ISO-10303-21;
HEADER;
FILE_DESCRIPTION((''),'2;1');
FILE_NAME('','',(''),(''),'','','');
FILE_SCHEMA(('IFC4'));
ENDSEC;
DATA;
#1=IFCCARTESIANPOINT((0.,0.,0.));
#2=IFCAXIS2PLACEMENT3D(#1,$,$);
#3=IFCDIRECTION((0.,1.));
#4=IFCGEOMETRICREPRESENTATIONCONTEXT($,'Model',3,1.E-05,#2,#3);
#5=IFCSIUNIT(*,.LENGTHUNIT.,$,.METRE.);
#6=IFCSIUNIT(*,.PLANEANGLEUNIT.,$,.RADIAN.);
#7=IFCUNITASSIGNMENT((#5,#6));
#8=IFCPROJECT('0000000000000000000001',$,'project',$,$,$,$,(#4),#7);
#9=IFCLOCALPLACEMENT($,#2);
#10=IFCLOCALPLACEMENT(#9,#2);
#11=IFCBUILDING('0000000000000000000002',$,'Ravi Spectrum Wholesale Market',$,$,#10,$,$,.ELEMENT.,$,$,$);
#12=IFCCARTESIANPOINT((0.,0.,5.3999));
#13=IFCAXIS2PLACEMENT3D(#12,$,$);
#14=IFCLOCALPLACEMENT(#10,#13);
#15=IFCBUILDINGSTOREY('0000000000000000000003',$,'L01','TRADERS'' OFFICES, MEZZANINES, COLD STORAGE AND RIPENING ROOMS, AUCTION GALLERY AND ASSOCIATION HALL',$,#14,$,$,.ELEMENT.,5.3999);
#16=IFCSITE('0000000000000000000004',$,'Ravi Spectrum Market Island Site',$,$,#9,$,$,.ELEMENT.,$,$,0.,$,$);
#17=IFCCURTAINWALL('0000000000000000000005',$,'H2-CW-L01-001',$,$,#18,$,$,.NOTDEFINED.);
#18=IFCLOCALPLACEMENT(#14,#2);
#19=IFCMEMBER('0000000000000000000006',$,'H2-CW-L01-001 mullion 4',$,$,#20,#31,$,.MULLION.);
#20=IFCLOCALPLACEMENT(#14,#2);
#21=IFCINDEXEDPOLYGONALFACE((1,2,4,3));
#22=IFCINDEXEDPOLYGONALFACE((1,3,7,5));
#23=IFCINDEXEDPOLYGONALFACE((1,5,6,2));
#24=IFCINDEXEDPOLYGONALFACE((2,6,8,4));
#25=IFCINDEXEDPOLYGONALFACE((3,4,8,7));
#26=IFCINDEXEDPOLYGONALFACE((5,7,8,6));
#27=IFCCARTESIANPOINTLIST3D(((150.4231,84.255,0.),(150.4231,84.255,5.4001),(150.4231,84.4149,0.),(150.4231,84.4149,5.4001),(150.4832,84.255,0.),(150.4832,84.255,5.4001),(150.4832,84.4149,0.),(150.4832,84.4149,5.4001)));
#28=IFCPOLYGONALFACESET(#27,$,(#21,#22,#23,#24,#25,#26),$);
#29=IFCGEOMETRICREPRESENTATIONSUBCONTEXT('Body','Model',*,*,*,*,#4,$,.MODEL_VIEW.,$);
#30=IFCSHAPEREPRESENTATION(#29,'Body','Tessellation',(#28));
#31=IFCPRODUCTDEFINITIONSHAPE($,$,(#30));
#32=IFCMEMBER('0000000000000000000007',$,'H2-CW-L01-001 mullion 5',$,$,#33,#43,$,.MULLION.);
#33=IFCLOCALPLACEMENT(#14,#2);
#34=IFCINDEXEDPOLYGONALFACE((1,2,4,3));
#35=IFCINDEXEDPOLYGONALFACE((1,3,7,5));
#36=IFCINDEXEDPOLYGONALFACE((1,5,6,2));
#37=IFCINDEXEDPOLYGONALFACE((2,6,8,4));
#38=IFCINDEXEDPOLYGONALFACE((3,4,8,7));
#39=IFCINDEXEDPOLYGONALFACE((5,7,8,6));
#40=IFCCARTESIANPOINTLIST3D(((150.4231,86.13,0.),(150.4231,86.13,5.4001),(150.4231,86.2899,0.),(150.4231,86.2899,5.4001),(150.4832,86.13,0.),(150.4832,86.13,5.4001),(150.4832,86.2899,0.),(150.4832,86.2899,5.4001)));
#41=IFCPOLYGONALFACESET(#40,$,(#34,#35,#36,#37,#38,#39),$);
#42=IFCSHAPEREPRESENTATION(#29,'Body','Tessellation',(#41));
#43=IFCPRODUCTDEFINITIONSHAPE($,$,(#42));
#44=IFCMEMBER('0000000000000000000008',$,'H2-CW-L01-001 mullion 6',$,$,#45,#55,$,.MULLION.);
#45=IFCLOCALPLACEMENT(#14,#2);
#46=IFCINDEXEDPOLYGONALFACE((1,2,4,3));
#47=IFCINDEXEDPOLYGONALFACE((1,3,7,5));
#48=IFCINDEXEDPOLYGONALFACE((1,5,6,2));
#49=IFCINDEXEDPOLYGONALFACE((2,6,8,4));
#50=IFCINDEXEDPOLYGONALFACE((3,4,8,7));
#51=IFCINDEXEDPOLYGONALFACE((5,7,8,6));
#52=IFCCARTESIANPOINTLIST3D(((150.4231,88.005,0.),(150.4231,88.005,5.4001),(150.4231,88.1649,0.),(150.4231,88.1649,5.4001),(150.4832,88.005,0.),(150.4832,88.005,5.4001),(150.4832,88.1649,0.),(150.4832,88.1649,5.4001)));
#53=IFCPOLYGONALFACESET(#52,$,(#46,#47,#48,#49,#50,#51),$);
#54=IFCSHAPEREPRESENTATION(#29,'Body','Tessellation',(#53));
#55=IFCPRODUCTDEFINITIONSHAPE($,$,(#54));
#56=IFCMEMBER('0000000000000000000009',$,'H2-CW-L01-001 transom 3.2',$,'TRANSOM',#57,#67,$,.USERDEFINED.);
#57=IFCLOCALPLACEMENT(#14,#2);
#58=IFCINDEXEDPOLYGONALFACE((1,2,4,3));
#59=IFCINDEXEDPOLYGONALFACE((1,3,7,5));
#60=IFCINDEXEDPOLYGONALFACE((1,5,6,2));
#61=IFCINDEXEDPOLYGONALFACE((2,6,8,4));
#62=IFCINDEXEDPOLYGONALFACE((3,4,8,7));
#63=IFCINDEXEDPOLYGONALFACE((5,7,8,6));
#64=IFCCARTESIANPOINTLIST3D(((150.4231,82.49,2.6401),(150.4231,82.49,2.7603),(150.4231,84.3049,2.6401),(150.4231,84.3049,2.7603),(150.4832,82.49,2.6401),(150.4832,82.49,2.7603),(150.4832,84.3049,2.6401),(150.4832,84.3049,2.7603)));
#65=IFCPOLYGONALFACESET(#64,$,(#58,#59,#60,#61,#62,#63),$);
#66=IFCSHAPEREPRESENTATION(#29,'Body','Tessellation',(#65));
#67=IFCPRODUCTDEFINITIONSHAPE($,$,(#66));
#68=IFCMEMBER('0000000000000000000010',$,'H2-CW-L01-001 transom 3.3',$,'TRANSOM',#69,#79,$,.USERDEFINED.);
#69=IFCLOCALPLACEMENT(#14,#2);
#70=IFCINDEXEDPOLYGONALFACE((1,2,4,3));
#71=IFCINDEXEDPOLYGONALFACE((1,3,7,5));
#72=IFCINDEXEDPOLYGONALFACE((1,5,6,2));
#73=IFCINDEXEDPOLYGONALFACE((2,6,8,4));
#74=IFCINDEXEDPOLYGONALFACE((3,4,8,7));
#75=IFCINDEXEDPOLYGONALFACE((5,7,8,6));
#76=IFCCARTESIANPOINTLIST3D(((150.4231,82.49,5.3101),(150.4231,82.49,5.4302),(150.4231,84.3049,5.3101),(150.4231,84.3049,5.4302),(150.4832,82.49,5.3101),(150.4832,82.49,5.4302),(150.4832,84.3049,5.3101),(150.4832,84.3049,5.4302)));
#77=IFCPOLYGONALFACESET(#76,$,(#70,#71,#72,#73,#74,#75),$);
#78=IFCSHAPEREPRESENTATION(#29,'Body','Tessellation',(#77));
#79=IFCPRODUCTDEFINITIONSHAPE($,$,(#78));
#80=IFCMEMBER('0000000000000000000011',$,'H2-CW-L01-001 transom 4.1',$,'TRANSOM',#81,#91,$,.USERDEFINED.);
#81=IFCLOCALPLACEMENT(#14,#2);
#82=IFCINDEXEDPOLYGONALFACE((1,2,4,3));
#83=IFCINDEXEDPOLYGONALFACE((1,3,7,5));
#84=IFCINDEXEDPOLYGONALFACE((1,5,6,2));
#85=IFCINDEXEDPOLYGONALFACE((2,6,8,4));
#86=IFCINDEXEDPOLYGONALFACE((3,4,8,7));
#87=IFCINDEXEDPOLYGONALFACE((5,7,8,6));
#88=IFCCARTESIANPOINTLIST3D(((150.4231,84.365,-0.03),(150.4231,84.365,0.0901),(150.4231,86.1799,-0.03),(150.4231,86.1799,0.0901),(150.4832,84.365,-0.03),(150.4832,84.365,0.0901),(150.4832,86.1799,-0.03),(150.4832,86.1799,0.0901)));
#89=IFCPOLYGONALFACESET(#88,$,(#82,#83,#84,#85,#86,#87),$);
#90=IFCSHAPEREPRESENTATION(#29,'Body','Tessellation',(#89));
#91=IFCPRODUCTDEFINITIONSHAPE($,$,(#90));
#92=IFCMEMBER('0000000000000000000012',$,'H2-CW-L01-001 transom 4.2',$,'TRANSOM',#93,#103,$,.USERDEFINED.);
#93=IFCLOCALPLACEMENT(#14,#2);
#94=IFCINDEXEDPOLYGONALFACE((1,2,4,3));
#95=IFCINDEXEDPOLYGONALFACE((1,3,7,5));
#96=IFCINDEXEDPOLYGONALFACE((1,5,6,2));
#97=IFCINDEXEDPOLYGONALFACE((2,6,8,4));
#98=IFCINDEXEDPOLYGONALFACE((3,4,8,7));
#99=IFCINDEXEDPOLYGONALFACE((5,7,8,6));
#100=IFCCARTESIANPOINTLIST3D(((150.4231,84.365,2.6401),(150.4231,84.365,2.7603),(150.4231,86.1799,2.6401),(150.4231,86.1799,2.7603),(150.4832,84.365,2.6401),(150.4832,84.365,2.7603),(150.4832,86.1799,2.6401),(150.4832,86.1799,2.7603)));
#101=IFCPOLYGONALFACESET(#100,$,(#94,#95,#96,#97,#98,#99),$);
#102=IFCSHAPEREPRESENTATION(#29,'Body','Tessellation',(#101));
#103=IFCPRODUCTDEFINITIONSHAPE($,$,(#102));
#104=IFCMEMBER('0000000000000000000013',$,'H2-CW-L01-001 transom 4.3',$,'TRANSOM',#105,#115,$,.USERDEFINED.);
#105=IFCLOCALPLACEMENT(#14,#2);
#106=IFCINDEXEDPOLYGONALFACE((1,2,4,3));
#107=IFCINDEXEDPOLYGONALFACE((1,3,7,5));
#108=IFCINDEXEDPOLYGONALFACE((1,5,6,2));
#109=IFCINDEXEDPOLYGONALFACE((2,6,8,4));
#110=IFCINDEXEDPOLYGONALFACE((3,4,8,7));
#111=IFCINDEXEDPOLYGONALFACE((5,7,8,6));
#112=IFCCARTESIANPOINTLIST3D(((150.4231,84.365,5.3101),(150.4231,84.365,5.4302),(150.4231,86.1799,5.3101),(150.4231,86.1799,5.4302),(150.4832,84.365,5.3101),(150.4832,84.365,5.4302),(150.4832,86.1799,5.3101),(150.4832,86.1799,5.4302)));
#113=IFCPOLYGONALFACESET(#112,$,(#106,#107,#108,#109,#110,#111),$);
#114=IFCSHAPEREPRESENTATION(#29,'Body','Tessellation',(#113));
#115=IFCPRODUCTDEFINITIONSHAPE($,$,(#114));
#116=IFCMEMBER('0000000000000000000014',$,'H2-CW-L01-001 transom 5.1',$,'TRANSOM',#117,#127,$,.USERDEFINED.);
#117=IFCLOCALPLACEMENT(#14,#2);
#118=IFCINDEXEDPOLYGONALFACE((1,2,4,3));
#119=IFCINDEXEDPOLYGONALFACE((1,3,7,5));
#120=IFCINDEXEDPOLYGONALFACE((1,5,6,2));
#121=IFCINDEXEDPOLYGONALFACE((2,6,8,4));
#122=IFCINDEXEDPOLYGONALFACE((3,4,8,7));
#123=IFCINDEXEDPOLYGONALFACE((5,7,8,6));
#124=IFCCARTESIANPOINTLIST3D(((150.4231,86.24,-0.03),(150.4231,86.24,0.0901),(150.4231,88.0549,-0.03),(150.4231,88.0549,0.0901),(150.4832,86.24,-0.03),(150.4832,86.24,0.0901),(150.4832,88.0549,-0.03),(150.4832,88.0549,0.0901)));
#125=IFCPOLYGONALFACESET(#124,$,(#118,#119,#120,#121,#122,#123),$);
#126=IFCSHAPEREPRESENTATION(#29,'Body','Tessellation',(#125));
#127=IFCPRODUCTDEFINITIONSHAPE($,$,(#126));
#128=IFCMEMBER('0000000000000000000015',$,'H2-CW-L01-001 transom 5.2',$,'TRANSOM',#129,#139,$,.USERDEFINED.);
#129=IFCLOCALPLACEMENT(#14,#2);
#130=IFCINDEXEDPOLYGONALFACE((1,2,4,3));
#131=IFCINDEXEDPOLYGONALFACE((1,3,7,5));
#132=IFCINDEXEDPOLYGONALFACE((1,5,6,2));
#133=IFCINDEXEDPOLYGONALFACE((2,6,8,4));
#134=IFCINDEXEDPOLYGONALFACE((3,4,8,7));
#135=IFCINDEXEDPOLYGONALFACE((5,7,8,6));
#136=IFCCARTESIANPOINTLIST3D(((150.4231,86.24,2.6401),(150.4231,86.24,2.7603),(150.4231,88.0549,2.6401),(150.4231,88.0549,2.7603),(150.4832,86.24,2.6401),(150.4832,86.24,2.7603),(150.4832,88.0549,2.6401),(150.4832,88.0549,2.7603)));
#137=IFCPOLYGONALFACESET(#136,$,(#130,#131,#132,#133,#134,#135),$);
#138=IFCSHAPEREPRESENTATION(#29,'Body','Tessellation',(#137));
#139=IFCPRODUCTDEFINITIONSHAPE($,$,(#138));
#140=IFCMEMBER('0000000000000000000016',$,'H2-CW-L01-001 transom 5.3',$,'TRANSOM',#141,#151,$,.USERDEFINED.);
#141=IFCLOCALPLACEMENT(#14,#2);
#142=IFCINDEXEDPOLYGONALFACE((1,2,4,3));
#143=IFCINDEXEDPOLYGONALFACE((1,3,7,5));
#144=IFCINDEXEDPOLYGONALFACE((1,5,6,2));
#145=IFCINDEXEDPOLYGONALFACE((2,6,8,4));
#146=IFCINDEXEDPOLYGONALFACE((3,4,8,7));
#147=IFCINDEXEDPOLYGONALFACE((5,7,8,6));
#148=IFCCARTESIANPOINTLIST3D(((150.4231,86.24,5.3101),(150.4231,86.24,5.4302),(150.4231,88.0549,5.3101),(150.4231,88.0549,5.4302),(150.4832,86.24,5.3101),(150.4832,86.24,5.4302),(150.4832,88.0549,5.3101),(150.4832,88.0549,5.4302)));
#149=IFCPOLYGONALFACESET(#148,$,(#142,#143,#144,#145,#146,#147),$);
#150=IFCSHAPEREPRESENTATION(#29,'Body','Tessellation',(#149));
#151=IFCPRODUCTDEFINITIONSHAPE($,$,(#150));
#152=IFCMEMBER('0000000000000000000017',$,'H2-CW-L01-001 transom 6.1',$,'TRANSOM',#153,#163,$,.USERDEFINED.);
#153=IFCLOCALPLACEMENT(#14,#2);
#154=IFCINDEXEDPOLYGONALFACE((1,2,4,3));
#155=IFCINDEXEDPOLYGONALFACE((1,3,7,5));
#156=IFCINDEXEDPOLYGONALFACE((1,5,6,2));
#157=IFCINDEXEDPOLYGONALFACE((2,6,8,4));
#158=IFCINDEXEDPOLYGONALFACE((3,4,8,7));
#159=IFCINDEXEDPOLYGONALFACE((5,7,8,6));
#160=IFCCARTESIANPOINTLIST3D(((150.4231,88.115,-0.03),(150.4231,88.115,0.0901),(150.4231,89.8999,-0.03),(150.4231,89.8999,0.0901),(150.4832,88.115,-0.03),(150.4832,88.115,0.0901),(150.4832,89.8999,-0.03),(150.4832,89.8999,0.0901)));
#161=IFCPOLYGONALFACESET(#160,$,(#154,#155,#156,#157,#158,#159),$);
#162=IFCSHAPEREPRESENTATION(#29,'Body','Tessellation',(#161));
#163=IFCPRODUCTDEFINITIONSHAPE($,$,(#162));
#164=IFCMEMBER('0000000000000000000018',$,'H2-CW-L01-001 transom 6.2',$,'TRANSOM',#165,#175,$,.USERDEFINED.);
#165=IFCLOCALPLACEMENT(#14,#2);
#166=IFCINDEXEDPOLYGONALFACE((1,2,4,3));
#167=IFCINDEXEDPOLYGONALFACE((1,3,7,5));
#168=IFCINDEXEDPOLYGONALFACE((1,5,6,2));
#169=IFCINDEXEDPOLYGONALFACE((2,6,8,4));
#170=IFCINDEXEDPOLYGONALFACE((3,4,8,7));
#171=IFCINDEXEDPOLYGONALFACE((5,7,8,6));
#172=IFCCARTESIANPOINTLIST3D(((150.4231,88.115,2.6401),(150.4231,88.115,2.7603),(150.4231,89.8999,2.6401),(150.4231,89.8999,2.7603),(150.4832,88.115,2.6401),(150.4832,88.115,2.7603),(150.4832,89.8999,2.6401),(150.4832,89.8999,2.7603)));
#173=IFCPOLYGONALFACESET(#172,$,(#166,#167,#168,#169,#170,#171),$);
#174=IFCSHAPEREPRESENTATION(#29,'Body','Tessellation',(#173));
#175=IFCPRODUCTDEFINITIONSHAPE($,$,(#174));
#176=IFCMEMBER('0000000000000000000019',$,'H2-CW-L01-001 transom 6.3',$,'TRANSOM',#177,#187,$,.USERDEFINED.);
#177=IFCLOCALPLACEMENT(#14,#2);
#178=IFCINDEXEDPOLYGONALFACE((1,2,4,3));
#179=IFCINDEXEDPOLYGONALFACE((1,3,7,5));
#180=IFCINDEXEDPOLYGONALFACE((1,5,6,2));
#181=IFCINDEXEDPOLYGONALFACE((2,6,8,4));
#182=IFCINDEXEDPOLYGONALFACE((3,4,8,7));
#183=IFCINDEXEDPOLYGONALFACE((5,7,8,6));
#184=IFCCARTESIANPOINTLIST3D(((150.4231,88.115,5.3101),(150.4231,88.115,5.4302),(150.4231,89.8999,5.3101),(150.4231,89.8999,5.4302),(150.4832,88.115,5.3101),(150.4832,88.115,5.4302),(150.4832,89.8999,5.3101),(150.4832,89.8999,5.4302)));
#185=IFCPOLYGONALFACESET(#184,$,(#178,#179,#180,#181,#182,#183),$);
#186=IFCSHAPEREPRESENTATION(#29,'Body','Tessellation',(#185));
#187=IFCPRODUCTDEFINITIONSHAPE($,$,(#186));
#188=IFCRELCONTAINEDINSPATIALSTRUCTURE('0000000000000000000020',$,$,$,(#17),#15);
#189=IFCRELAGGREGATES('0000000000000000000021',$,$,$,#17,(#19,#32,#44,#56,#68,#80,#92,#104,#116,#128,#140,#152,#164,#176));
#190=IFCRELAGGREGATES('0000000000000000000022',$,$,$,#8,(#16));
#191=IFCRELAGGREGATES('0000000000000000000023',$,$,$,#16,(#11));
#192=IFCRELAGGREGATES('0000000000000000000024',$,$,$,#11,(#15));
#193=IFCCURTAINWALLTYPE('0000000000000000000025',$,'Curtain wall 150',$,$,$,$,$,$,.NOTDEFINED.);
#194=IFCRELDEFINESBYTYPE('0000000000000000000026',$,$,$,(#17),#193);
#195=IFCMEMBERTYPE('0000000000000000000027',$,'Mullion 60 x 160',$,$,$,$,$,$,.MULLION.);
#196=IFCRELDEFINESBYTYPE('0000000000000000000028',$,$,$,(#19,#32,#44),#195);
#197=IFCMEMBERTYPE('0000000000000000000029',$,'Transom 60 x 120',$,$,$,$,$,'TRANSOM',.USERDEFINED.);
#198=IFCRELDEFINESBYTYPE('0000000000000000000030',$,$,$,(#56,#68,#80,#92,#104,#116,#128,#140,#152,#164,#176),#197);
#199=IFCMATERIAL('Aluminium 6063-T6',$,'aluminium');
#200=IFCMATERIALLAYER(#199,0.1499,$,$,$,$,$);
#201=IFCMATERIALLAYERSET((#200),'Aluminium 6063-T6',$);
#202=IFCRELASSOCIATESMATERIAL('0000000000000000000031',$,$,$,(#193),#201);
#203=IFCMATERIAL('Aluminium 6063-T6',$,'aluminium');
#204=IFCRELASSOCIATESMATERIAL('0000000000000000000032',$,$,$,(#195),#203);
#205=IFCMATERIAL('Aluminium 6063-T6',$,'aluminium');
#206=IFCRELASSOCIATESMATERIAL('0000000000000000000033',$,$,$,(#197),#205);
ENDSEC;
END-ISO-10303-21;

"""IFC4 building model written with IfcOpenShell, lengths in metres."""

from ifc_helpers import new_model, si_unit, direction, frame, origin, origin_2d, place, context, subcontext, project, spatial, rectangle, extrude, material, layer, layer_set, material_profile, profile_set, type_object, element, aggregate, save


model = new_model("IFC4")

# Units and contexts
model_context = context("Model", 3, precision=1e-05, world=origin(), true_north=direction((0.0, 1.0)))
body_context = subcontext(model_context, "Body", "Model", "MODEL_VIEW")
ifc_project = project(units=[si_unit("LENGTHUNIT", "METRE"), si_unit("PLANEANGLEUNIT", "RADIAN")], contexts=[model_context])

# Site, building, storey
site_placement = place(None, origin())
site = spatial("IfcSite", under=ifc_project, at=site_placement, Name="Ravi Spectrum Market Island Site", CompositionType="ELEMENT", RefElevation=0.0)
building_placement = place(site_placement, origin())
building = spatial("IfcBuilding", under=site, at=building_placement, Name="Ravi Spectrum Wholesale Market", CompositionType="ELEMENT")
storey_placement = place(building_placement, frame((0.0, 0.0, 5.3999)))
storey = spatial("IfcBuildingStorey", under=building, at=storey_placement, Name="L01", Description="TRADERS' OFFICES, MEZZANINES, COLD STORAGE AND RIPENING ROOMS, AUCTION GALLERY AND ASSOCIATION HALL", CompositionType="ELEMENT", Elevation=5.3999)

# Curtain wall, members
ifc_material_1 = material(Name="Aluminium 6063-T6", Category="aluminium")
ifc_layer_1 = layer(ifc_material_1, 0.1499)
ifc_layer_set_1 = layer_set([ifc_layer_1], Name="Aluminium 6063-T6")
curtain_wall_type = type_object("IfcCurtainWallType", Name="Curtain wall 150", PredefinedType="NOTDEFINED", material=ifc_layer_set_1)
curtain_wall_placement = place(storey_placement, origin())
curtain_wall = element("IfcCurtainWall", 1, at=curtain_wall_placement, inside=storey, type_object=curtain_wall_type, Name="H2-CW-L01-001", PredefinedType="NOTDEFINED")
ifc_material_2 = material(Name="Aluminium 6063-T6", Category="aluminium")
ifc_material_profile_1 = material_profile(ifc_material_2, rectangle(XDim=0.0601, YDim=0.1599, at=origin_2d()))
ifc_profile_set_1 = profile_set([ifc_material_profile_1], Name="Aluminium 6063-T6")
member_type_1 = type_object("IfcMemberType", Name="Mullion 60 x 160", PredefinedType="MULLION", material=ifc_profile_set_1)
member_1_placement = place(storey_placement, frame((150.4531, 84.335, 0.0), z_axis=(0.0, 0.0, 1.0), x_axis=(-1.0, 0.0, 0.0)))
member_1 = element("IfcMember", 2, at=member_1_placement, type_object=member_type_1, Name="H2-CW-L01-001 mullion 4", PredefinedType="MULLION", context=body_context, shape_type="SweptSolid", body=[
    extrude(rectangle(XDim=0.0601, YDim=0.1599, at=origin_2d()), origin(), (0.0, 0.0, 1.0), 5.4001),
])
member_2_placement = place(storey_placement, frame((150.4531, 86.21, 0.0), z_axis=(0.0, 0.0, 1.0), x_axis=(-1.0, 0.0, 0.0)))
member_2 = element("IfcMember", 3, at=member_2_placement, type_object=member_type_1, Name="H2-CW-L01-001 mullion 5", PredefinedType="MULLION", context=body_context, shape_type="SweptSolid", body=[
    extrude(rectangle(XDim=0.0601, YDim=0.1599, at=origin_2d()), origin(), (0.0, 0.0, 1.0), 5.4001),
])
member_3_placement = place(storey_placement, frame((150.4531, 88.085, 0.0), z_axis=(0.0, 0.0, 1.0), x_axis=(-1.0, 0.0, 0.0)))
member_3 = element("IfcMember", 4, at=member_3_placement, type_object=member_type_1, Name="H2-CW-L01-001 mullion 6", PredefinedType="MULLION", context=body_context, shape_type="SweptSolid", body=[
    extrude(rectangle(XDim=0.0601, YDim=0.1599, at=origin_2d()), origin(), (0.0, 0.0, 1.0), 5.4001),
])
ifc_material_3 = material(Name="Aluminium 6063-T6", Category="aluminium")
ifc_material_profile_2 = material_profile(ifc_material_3, rectangle(XDim=0.0601, YDim=0.1201, at=origin_2d()))
ifc_profile_set_2 = profile_set([ifc_material_profile_2], Name="Aluminium 6063-T6")
member_type_2 = type_object("IfcMemberType", Name="Transom 60 x 120", ElementType="TRANSOM", PredefinedType="USERDEFINED", material=ifc_profile_set_2)
member_4_placement = place(storey_placement, frame((150.4531, 82.49, 2.7002), z_axis=(0.0, 1.0, 0.0), x_axis=(-1.0, 0.0, 0.0)))
member_4 = element("IfcMember", 5, at=member_4_placement, type_object=member_type_2, Name="H2-CW-L01-001 transom 3.2", ObjectType="TRANSOM", PredefinedType="USERDEFINED", context=body_context, shape_type="SweptSolid", body=[
    extrude(rectangle(XDim=0.0601, YDim=0.1201, at=origin_2d()), origin(), (0.0, 0.0, 1.0), 1.8149),
])
member_5_placement = place(storey_placement, frame((150.4531, 82.49, 5.3701), z_axis=(0.0, 1.0, 0.0), x_axis=(-1.0, 0.0, 0.0)))
member_5 = element("IfcMember", 6, at=member_5_placement, type_object=member_type_2, Name="H2-CW-L01-001 transom 3.3", ObjectType="TRANSOM", PredefinedType="USERDEFINED", context=body_context, shape_type="SweptSolid", body=[
    extrude(rectangle(XDim=0.0601, YDim=0.1201, at=origin_2d()), origin(), (0.0, 0.0, 1.0), 1.8149),
])
member_6_placement = place(storey_placement, frame((150.4531, 84.365, 0.03), z_axis=(0.0, 1.0, 0.0), x_axis=(-1.0, 0.0, 0.0)))
member_6 = element("IfcMember", 7, at=member_6_placement, type_object=member_type_2, Name="H2-CW-L01-001 transom 4.1", ObjectType="TRANSOM", PredefinedType="USERDEFINED", context=body_context, shape_type="SweptSolid", body=[
    extrude(rectangle(XDim=0.0601, YDim=0.1201, at=origin_2d()), origin(), (0.0, 0.0, 1.0), 1.8149),
])
member_7_placement = place(storey_placement, frame((150.4531, 84.365, 2.7002), z_axis=(0.0, 1.0, 0.0), x_axis=(-1.0, 0.0, 0.0)))
member_7 = element("IfcMember", 8, at=member_7_placement, type_object=member_type_2, Name="H2-CW-L01-001 transom 4.2", ObjectType="TRANSOM", PredefinedType="USERDEFINED", context=body_context, shape_type="SweptSolid", body=[
    extrude(rectangle(XDim=0.0601, YDim=0.1201, at=origin_2d()), origin(), (0.0, 0.0, 1.0), 1.8149),
])
member_8_placement = place(storey_placement, frame((150.4531, 84.365, 5.3701), z_axis=(0.0, 1.0, 0.0), x_axis=(-1.0, 0.0, 0.0)))
member_8 = element("IfcMember", 9, at=member_8_placement, type_object=member_type_2, Name="H2-CW-L01-001 transom 4.3", ObjectType="TRANSOM", PredefinedType="USERDEFINED", context=body_context, shape_type="SweptSolid", body=[
    extrude(rectangle(XDim=0.0601, YDim=0.1201, at=origin_2d()), origin(), (0.0, 0.0, 1.0), 1.8149),
])
member_9_placement = place(storey_placement, frame((150.4531, 86.24, 0.03), z_axis=(0.0, 1.0, 0.0), x_axis=(-1.0, 0.0, 0.0)))
member_9 = element("IfcMember", 10, at=member_9_placement, type_object=member_type_2, Name="H2-CW-L01-001 transom 5.1", ObjectType="TRANSOM", PredefinedType="USERDEFINED", context=body_context, shape_type="SweptSolid", body=[
    extrude(rectangle(XDim=0.0601, YDim=0.1201, at=origin_2d()), origin(), (0.0, 0.0, 1.0), 1.8149),
])
member_10_placement = place(storey_placement, frame((150.4531, 86.24, 2.7002), z_axis=(0.0, 1.0, 0.0), x_axis=(-1.0, 0.0, 0.0)))
member_10 = element("IfcMember", 11, at=member_10_placement, type_object=member_type_2, Name="H2-CW-L01-001 transom 5.2", ObjectType="TRANSOM", PredefinedType="USERDEFINED", context=body_context, shape_type="SweptSolid", body=[
    extrude(rectangle(XDim=0.0601, YDim=0.1201, at=origin_2d()), origin(), (0.0, 0.0, 1.0), 1.8149),
])
member_11_placement = place(storey_placement, frame((150.4531, 86.24, 5.3701), z_axis=(0.0, 1.0, 0.0), x_axis=(-1.0, 0.0, 0.0)))
member_11 = element("IfcMember", 12, at=member_11_placement, type_object=member_type_2, Name="H2-CW-L01-001 transom 5.3", ObjectType="TRANSOM", PredefinedType="USERDEFINED", context=body_context, shape_type="SweptSolid", body=[
    extrude(rectangle(XDim=0.0601, YDim=0.1201, at=origin_2d()), origin(), (0.0, 0.0, 1.0), 1.8149),
])
member_12_placement = place(storey_placement, frame((150.4531, 88.115, 0.03), z_axis=(0.0, 1.0, 0.0), x_axis=(-1.0, 0.0, 0.0)))
member_12 = element("IfcMember", 13, at=member_12_placement, type_object=member_type_2, Name="H2-CW-L01-001 transom 6.1", ObjectType="TRANSOM", PredefinedType="USERDEFINED", context=body_context, shape_type="SweptSolid", body=[
    extrude(rectangle(XDim=0.0601, YDim=0.1201, at=origin_2d()), origin(), (0.0, 0.0, 1.0), 1.7849),
])
member_13_placement = place(storey_placement, frame((150.4531, 88.115, 2.7002), z_axis=(0.0, 1.0, 0.0), x_axis=(-1.0, 0.0, 0.0)))
member_13 = element("IfcMember", 14, at=member_13_placement, type_object=member_type_2, Name="H2-CW-L01-001 transom 6.2", ObjectType="TRANSOM", PredefinedType="USERDEFINED", context=body_context, shape_type="SweptSolid", body=[
    extrude(rectangle(XDim=0.0601, YDim=0.1201, at=origin_2d()), origin(), (0.0, 0.0, 1.0), 1.7849),
])
member_14_placement = place(storey_placement, frame((150.4531, 88.115, 5.3701), z_axis=(0.0, 1.0, 0.0), x_axis=(-1.0, 0.0, 0.0)))
member_14 = element("IfcMember", 15, at=member_14_placement, type_object=member_type_2, Name="H2-CW-L01-001 transom 6.3", ObjectType="TRANSOM", PredefinedType="USERDEFINED", context=body_context, shape_type="SweptSolid", body=[
    extrude(rectangle(XDim=0.0601, YDim=0.1201, at=origin_2d()), origin(), (0.0, 0.0, 1.0), 1.7849),
])
aggregate(curtain_wall, [member_1, member_2, member_3, member_4, member_5, member_6, member_7, member_8, member_9, member_10, member_11, member_12, member_13, member_14])

save(model, "model.ifc")
